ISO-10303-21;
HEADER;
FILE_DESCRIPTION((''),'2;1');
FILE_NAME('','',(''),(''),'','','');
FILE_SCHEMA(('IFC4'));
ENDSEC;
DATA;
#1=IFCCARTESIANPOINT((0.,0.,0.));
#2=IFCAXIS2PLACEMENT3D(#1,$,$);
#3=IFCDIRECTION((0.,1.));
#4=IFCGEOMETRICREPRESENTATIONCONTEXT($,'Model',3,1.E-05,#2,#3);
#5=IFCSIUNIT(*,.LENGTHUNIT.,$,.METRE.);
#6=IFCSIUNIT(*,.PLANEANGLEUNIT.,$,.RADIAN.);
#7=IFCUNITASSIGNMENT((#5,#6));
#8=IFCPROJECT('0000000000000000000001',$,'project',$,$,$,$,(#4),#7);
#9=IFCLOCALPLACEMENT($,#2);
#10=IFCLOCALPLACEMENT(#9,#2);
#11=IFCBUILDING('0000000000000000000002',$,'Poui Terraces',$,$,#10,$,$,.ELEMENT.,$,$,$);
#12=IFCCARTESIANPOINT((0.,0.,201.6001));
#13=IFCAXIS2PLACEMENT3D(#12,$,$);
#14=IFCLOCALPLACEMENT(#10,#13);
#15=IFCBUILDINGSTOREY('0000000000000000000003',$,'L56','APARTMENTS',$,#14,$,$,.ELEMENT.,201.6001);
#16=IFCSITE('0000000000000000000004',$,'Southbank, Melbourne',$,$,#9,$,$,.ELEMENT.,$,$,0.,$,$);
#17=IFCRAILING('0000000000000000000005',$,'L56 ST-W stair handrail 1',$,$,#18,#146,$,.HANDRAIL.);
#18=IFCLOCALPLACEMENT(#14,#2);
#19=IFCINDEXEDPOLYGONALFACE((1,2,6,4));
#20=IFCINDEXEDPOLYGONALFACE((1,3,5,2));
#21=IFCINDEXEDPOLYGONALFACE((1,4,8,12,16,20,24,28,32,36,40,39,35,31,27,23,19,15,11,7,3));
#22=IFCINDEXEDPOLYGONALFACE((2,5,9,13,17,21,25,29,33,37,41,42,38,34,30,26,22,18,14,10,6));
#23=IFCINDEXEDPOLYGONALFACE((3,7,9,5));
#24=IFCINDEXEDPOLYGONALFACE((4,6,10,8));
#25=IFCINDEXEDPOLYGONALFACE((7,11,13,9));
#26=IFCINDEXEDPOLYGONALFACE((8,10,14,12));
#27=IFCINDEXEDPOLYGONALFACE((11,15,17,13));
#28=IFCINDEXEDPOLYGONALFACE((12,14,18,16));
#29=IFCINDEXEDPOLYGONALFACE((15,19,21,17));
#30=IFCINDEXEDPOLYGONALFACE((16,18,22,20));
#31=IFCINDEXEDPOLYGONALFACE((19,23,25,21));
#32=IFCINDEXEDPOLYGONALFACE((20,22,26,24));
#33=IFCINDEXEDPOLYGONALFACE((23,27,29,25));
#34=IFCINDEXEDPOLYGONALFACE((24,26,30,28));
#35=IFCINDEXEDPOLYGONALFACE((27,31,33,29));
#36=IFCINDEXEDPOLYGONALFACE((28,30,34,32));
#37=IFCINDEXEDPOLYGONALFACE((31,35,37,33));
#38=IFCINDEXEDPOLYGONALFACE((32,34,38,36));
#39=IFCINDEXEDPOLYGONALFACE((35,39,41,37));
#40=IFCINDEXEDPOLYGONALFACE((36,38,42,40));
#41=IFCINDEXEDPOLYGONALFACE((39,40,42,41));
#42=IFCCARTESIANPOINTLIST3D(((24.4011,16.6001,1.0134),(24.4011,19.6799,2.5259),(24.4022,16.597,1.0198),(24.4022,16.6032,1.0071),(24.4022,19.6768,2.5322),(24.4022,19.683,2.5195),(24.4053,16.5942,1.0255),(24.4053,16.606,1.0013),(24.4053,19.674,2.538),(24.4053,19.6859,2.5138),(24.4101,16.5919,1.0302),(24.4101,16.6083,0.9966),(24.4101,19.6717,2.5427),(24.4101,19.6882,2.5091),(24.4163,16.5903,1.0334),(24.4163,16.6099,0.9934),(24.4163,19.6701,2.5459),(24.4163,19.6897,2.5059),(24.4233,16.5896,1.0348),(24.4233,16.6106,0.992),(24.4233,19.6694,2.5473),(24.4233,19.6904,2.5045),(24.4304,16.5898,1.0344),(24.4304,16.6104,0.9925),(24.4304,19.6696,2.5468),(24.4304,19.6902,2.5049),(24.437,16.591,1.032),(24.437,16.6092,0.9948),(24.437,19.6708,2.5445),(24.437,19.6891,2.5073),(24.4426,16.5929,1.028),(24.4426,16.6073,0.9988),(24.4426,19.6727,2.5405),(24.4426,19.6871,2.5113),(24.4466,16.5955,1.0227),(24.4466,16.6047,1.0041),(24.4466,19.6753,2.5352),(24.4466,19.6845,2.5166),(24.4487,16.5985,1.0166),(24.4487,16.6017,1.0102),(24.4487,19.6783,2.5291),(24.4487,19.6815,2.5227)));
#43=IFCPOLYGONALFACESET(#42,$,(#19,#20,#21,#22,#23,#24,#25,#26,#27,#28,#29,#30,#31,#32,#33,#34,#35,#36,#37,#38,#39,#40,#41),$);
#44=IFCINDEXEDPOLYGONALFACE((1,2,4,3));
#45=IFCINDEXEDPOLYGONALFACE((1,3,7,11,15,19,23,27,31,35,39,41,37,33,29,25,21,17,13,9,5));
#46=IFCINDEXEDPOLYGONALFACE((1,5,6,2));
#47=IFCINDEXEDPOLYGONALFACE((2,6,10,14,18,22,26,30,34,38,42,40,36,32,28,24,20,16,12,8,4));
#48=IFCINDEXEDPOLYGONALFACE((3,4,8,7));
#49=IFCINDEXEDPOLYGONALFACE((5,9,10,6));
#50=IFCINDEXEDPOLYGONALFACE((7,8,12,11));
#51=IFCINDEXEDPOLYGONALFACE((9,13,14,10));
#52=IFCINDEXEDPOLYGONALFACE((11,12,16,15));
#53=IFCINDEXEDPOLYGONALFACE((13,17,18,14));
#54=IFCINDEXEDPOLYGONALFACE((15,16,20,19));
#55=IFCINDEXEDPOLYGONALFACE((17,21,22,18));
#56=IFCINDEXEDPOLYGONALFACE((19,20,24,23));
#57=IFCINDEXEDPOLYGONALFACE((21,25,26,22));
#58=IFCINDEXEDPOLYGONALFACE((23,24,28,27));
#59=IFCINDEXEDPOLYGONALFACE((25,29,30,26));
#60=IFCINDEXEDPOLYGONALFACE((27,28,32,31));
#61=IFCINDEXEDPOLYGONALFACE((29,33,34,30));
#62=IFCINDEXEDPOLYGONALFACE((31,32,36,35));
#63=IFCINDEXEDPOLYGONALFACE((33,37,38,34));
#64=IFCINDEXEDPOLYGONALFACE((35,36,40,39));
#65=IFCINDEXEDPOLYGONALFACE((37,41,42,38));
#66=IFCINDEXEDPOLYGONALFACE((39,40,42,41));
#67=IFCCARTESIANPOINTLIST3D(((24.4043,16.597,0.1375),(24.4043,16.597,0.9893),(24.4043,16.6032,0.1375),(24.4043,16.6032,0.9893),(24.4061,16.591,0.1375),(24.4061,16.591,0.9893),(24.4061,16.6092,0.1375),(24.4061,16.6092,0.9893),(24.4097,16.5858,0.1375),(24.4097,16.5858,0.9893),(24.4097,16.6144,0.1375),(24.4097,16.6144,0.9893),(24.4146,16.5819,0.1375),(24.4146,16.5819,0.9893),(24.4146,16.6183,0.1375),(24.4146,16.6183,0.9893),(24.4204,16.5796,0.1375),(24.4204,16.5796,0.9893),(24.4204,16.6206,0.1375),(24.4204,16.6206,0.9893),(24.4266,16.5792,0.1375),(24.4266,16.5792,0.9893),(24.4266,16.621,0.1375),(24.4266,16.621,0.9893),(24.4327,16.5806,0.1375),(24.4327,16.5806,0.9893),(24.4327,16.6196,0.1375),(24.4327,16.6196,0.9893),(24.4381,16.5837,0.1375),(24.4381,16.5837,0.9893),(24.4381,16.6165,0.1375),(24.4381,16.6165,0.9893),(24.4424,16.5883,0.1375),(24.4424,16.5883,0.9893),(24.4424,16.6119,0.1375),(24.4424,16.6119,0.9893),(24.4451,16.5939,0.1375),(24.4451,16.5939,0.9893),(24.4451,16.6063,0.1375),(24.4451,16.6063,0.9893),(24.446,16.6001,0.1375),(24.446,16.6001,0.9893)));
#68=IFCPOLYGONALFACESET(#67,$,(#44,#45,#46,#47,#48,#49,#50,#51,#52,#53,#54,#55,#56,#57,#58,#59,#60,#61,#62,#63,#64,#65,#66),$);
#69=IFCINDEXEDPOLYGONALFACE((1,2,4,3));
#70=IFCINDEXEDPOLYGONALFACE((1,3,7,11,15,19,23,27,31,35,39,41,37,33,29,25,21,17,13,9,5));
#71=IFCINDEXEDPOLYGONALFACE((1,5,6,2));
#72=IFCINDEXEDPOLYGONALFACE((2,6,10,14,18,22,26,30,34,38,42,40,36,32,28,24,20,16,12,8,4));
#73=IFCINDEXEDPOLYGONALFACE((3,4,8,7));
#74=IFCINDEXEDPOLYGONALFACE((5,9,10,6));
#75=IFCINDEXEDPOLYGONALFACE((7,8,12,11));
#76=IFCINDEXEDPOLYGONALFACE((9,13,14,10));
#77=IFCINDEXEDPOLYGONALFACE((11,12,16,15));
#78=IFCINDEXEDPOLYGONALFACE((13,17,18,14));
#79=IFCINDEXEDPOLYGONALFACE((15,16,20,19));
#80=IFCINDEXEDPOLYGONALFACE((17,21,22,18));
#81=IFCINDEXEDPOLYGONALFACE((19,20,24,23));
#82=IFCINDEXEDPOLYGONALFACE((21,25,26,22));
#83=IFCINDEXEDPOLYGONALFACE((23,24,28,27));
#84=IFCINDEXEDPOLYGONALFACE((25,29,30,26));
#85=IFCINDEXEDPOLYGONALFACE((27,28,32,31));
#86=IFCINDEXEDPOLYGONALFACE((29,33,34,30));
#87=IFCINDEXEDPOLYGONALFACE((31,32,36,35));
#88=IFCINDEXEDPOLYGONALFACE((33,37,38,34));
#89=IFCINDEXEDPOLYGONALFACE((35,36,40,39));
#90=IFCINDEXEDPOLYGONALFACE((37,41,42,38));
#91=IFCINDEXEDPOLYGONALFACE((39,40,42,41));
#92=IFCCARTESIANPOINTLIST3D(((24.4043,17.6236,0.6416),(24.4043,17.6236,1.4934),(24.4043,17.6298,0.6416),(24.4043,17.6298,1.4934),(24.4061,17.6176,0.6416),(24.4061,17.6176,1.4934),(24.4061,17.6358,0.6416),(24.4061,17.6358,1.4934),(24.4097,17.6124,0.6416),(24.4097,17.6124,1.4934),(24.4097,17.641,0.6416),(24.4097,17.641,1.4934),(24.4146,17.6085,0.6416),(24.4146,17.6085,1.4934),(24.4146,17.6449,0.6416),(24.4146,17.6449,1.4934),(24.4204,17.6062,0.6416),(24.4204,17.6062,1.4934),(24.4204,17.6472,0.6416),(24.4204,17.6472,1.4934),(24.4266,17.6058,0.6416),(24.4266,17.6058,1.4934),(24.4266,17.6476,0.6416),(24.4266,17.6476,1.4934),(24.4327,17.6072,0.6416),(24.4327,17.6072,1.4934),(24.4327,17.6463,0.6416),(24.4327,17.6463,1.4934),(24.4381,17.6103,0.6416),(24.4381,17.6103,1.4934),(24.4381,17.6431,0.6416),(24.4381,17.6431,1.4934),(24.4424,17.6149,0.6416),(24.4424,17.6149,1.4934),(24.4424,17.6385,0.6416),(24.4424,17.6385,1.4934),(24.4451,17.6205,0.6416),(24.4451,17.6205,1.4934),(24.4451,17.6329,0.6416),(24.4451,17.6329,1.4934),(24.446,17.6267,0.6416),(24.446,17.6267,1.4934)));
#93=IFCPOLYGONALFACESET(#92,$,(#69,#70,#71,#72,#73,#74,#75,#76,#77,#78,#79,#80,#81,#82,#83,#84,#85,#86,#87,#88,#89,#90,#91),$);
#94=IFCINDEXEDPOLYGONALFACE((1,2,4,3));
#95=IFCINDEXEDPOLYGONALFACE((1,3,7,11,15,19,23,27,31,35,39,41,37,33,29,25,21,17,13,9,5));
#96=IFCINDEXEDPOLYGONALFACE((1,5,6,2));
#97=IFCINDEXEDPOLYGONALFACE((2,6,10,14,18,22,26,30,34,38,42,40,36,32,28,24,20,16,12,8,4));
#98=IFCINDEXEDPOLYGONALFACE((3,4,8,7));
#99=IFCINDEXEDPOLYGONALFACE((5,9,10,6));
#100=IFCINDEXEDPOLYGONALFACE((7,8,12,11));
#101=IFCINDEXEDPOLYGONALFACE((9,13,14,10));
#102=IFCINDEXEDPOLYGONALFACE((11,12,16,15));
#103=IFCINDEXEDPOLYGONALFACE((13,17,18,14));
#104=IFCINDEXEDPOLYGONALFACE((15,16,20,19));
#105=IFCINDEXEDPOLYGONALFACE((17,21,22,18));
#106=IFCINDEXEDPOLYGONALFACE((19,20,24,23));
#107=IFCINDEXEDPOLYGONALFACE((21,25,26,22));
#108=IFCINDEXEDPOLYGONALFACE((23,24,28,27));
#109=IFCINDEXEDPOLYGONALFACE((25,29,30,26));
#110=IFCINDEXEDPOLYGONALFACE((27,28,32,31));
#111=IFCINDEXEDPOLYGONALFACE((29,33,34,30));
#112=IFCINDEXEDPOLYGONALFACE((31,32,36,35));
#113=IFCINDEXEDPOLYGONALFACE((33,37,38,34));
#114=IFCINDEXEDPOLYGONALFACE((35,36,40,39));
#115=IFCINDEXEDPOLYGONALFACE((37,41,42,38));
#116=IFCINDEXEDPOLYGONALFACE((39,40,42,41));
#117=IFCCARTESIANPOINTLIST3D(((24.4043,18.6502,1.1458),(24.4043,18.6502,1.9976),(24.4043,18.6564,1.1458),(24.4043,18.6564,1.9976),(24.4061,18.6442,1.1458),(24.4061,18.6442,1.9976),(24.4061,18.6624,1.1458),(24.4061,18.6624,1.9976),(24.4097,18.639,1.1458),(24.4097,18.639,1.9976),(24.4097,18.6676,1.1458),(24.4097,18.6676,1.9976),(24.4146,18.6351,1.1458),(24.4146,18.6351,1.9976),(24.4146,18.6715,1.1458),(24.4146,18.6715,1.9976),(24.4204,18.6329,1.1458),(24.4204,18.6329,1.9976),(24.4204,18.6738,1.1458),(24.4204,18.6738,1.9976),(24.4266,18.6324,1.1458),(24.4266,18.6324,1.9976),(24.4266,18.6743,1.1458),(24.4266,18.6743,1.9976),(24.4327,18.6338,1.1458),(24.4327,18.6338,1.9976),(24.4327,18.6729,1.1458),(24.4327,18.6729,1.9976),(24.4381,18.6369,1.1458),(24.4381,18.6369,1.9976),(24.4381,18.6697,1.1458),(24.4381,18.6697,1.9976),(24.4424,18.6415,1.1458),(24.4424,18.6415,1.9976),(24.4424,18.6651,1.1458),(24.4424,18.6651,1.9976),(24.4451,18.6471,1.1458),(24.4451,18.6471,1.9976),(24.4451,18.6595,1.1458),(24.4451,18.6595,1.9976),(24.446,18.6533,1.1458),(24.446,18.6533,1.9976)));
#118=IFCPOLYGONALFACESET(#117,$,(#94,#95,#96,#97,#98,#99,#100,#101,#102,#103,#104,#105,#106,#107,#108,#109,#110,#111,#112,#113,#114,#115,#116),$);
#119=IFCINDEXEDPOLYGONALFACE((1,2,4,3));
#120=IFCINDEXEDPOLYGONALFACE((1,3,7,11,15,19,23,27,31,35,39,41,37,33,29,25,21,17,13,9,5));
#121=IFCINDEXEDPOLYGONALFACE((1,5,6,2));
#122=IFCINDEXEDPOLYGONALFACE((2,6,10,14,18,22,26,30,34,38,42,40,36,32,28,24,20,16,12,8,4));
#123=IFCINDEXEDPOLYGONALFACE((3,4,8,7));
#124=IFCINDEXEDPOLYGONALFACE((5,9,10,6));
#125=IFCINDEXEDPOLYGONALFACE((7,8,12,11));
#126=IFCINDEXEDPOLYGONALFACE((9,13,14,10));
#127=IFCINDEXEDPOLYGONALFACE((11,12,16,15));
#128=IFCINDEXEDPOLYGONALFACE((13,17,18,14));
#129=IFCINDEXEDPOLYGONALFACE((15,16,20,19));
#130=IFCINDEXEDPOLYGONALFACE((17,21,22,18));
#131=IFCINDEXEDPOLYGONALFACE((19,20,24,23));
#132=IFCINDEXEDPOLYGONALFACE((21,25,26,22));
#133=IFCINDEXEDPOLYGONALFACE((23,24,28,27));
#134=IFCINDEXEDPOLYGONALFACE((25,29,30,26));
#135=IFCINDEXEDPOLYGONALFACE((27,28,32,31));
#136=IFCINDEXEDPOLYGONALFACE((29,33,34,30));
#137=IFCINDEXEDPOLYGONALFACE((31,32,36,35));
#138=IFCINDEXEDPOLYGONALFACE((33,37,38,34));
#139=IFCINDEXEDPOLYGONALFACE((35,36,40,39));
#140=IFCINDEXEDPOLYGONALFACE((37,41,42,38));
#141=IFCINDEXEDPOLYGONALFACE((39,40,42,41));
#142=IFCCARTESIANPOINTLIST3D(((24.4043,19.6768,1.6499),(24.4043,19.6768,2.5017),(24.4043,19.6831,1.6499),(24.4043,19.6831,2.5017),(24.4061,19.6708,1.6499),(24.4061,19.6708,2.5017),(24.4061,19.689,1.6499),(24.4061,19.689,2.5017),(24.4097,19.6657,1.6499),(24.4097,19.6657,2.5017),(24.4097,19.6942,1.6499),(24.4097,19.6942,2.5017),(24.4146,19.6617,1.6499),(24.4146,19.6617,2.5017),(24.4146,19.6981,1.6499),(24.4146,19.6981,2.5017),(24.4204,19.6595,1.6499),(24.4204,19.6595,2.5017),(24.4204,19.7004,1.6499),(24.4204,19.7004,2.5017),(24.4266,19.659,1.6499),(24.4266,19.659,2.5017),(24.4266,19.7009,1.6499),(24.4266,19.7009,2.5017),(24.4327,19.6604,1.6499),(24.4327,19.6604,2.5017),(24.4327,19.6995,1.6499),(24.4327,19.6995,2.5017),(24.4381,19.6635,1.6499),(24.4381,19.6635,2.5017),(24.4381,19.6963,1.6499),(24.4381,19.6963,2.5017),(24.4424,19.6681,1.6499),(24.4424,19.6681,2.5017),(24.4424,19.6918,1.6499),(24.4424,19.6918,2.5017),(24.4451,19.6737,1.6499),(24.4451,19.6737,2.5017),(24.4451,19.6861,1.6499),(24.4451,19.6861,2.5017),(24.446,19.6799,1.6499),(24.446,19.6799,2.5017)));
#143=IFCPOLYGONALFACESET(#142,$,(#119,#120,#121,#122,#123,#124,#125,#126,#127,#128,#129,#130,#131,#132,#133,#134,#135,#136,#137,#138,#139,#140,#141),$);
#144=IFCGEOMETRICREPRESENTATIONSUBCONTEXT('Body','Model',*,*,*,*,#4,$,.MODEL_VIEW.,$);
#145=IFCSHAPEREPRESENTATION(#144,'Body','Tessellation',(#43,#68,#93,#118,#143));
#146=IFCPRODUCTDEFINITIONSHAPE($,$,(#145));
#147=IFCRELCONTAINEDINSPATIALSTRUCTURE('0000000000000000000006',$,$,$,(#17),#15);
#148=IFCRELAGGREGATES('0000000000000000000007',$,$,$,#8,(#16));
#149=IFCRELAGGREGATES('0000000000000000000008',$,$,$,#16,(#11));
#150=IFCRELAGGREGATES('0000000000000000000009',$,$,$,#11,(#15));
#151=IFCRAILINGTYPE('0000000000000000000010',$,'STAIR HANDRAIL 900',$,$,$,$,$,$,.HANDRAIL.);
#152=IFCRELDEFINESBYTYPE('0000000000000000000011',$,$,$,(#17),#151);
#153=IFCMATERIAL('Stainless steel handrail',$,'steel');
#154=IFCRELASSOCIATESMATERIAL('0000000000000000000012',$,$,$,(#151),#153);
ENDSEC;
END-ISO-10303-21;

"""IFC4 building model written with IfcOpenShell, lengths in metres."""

from ifc_helpers import new_model, si_unit, direction, frame, origin, origin_2d, place, context, subcontext, project, spatial, circle, extrude, material, type_object, element, save


model = new_model("IFC4")

# Units and contexts
model_context = context("Model", 3, precision=1e-05, world=origin(), true_north=direction((0.0, 1.0)))
body_context = subcontext(model_context, "Body", "Model", "MODEL_VIEW")
ifc_project = project(units=[si_unit("LENGTHUNIT", "METRE"), si_unit("PLANEANGLEUNIT", "RADIAN")], contexts=[model_context])

# Site, building, storey
site_placement = place(None, origin())
site = spatial("IfcSite", under=ifc_project, at=site_placement, Name="Southbank, Melbourne", CompositionType="ELEMENT", RefElevation=0.0)
building_placement = place(site_placement, origin())
building = spatial("IfcBuilding", under=site, at=building_placement, Name="Poui Terraces", CompositionType="ELEMENT")
storey_placement = place(building_placement, frame((0.0, 0.0, 201.6001)))
storey = spatial("IfcBuildingStorey", under=building, at=storey_placement, Name="L56", Description="APARTMENTS", CompositionType="ELEMENT", Elevation=201.6001)

# Railing
ifc_material_1 = material(Name="Stainless steel handrail", Category="steel")
railing_type_1 = type_object("IfcRailingType", Name="STAIR HANDRAIL 900", PredefinedType="HANDRAIL", material=ifc_material_1)
railing_1_placement = place(storey_placement, frame((24.425, 16.6001, 0.1375)))
element("IfcRailing", 1, at=railing_1_placement, inside=storey, type_object=railing_type_1, Name="L56 ST-W stair handrail 1", PredefinedType="HANDRAIL", context=body_context, shape_type="SweptSolid", body=[
    extrude(circle(Radius=0.0239, at=origin_2d()), frame((0.0, 0.0, 0.876), z_axis=(0.0, 0.897606, 0.440798), x_axis=(-1.0, 0.0, 0.0)), (0.0, 0.0, 1.0), 3.4312),
    extrude(circle(Radius=0.021, at=origin_2d()), origin(), (0.0, 0.0, 1.0), 0.8518),
    extrude(circle(Radius=0.021, at=origin_2d()), frame((0.0, 1.0266, 0.5042)), (0.0, 0.0, 1.0), 0.8518),
    extrude(circle(Radius=0.021, at=origin_2d()), frame((0.0, 2.0532, 1.0083)), (0.0, 0.0, 1.0), 0.8518),
    extrude(circle(Radius=0.021, at=origin_2d()), frame((0.0, 3.0798, 1.5125)), (0.0, 0.0, 1.0), 0.8518),
])

save(model, "model.ifc")
